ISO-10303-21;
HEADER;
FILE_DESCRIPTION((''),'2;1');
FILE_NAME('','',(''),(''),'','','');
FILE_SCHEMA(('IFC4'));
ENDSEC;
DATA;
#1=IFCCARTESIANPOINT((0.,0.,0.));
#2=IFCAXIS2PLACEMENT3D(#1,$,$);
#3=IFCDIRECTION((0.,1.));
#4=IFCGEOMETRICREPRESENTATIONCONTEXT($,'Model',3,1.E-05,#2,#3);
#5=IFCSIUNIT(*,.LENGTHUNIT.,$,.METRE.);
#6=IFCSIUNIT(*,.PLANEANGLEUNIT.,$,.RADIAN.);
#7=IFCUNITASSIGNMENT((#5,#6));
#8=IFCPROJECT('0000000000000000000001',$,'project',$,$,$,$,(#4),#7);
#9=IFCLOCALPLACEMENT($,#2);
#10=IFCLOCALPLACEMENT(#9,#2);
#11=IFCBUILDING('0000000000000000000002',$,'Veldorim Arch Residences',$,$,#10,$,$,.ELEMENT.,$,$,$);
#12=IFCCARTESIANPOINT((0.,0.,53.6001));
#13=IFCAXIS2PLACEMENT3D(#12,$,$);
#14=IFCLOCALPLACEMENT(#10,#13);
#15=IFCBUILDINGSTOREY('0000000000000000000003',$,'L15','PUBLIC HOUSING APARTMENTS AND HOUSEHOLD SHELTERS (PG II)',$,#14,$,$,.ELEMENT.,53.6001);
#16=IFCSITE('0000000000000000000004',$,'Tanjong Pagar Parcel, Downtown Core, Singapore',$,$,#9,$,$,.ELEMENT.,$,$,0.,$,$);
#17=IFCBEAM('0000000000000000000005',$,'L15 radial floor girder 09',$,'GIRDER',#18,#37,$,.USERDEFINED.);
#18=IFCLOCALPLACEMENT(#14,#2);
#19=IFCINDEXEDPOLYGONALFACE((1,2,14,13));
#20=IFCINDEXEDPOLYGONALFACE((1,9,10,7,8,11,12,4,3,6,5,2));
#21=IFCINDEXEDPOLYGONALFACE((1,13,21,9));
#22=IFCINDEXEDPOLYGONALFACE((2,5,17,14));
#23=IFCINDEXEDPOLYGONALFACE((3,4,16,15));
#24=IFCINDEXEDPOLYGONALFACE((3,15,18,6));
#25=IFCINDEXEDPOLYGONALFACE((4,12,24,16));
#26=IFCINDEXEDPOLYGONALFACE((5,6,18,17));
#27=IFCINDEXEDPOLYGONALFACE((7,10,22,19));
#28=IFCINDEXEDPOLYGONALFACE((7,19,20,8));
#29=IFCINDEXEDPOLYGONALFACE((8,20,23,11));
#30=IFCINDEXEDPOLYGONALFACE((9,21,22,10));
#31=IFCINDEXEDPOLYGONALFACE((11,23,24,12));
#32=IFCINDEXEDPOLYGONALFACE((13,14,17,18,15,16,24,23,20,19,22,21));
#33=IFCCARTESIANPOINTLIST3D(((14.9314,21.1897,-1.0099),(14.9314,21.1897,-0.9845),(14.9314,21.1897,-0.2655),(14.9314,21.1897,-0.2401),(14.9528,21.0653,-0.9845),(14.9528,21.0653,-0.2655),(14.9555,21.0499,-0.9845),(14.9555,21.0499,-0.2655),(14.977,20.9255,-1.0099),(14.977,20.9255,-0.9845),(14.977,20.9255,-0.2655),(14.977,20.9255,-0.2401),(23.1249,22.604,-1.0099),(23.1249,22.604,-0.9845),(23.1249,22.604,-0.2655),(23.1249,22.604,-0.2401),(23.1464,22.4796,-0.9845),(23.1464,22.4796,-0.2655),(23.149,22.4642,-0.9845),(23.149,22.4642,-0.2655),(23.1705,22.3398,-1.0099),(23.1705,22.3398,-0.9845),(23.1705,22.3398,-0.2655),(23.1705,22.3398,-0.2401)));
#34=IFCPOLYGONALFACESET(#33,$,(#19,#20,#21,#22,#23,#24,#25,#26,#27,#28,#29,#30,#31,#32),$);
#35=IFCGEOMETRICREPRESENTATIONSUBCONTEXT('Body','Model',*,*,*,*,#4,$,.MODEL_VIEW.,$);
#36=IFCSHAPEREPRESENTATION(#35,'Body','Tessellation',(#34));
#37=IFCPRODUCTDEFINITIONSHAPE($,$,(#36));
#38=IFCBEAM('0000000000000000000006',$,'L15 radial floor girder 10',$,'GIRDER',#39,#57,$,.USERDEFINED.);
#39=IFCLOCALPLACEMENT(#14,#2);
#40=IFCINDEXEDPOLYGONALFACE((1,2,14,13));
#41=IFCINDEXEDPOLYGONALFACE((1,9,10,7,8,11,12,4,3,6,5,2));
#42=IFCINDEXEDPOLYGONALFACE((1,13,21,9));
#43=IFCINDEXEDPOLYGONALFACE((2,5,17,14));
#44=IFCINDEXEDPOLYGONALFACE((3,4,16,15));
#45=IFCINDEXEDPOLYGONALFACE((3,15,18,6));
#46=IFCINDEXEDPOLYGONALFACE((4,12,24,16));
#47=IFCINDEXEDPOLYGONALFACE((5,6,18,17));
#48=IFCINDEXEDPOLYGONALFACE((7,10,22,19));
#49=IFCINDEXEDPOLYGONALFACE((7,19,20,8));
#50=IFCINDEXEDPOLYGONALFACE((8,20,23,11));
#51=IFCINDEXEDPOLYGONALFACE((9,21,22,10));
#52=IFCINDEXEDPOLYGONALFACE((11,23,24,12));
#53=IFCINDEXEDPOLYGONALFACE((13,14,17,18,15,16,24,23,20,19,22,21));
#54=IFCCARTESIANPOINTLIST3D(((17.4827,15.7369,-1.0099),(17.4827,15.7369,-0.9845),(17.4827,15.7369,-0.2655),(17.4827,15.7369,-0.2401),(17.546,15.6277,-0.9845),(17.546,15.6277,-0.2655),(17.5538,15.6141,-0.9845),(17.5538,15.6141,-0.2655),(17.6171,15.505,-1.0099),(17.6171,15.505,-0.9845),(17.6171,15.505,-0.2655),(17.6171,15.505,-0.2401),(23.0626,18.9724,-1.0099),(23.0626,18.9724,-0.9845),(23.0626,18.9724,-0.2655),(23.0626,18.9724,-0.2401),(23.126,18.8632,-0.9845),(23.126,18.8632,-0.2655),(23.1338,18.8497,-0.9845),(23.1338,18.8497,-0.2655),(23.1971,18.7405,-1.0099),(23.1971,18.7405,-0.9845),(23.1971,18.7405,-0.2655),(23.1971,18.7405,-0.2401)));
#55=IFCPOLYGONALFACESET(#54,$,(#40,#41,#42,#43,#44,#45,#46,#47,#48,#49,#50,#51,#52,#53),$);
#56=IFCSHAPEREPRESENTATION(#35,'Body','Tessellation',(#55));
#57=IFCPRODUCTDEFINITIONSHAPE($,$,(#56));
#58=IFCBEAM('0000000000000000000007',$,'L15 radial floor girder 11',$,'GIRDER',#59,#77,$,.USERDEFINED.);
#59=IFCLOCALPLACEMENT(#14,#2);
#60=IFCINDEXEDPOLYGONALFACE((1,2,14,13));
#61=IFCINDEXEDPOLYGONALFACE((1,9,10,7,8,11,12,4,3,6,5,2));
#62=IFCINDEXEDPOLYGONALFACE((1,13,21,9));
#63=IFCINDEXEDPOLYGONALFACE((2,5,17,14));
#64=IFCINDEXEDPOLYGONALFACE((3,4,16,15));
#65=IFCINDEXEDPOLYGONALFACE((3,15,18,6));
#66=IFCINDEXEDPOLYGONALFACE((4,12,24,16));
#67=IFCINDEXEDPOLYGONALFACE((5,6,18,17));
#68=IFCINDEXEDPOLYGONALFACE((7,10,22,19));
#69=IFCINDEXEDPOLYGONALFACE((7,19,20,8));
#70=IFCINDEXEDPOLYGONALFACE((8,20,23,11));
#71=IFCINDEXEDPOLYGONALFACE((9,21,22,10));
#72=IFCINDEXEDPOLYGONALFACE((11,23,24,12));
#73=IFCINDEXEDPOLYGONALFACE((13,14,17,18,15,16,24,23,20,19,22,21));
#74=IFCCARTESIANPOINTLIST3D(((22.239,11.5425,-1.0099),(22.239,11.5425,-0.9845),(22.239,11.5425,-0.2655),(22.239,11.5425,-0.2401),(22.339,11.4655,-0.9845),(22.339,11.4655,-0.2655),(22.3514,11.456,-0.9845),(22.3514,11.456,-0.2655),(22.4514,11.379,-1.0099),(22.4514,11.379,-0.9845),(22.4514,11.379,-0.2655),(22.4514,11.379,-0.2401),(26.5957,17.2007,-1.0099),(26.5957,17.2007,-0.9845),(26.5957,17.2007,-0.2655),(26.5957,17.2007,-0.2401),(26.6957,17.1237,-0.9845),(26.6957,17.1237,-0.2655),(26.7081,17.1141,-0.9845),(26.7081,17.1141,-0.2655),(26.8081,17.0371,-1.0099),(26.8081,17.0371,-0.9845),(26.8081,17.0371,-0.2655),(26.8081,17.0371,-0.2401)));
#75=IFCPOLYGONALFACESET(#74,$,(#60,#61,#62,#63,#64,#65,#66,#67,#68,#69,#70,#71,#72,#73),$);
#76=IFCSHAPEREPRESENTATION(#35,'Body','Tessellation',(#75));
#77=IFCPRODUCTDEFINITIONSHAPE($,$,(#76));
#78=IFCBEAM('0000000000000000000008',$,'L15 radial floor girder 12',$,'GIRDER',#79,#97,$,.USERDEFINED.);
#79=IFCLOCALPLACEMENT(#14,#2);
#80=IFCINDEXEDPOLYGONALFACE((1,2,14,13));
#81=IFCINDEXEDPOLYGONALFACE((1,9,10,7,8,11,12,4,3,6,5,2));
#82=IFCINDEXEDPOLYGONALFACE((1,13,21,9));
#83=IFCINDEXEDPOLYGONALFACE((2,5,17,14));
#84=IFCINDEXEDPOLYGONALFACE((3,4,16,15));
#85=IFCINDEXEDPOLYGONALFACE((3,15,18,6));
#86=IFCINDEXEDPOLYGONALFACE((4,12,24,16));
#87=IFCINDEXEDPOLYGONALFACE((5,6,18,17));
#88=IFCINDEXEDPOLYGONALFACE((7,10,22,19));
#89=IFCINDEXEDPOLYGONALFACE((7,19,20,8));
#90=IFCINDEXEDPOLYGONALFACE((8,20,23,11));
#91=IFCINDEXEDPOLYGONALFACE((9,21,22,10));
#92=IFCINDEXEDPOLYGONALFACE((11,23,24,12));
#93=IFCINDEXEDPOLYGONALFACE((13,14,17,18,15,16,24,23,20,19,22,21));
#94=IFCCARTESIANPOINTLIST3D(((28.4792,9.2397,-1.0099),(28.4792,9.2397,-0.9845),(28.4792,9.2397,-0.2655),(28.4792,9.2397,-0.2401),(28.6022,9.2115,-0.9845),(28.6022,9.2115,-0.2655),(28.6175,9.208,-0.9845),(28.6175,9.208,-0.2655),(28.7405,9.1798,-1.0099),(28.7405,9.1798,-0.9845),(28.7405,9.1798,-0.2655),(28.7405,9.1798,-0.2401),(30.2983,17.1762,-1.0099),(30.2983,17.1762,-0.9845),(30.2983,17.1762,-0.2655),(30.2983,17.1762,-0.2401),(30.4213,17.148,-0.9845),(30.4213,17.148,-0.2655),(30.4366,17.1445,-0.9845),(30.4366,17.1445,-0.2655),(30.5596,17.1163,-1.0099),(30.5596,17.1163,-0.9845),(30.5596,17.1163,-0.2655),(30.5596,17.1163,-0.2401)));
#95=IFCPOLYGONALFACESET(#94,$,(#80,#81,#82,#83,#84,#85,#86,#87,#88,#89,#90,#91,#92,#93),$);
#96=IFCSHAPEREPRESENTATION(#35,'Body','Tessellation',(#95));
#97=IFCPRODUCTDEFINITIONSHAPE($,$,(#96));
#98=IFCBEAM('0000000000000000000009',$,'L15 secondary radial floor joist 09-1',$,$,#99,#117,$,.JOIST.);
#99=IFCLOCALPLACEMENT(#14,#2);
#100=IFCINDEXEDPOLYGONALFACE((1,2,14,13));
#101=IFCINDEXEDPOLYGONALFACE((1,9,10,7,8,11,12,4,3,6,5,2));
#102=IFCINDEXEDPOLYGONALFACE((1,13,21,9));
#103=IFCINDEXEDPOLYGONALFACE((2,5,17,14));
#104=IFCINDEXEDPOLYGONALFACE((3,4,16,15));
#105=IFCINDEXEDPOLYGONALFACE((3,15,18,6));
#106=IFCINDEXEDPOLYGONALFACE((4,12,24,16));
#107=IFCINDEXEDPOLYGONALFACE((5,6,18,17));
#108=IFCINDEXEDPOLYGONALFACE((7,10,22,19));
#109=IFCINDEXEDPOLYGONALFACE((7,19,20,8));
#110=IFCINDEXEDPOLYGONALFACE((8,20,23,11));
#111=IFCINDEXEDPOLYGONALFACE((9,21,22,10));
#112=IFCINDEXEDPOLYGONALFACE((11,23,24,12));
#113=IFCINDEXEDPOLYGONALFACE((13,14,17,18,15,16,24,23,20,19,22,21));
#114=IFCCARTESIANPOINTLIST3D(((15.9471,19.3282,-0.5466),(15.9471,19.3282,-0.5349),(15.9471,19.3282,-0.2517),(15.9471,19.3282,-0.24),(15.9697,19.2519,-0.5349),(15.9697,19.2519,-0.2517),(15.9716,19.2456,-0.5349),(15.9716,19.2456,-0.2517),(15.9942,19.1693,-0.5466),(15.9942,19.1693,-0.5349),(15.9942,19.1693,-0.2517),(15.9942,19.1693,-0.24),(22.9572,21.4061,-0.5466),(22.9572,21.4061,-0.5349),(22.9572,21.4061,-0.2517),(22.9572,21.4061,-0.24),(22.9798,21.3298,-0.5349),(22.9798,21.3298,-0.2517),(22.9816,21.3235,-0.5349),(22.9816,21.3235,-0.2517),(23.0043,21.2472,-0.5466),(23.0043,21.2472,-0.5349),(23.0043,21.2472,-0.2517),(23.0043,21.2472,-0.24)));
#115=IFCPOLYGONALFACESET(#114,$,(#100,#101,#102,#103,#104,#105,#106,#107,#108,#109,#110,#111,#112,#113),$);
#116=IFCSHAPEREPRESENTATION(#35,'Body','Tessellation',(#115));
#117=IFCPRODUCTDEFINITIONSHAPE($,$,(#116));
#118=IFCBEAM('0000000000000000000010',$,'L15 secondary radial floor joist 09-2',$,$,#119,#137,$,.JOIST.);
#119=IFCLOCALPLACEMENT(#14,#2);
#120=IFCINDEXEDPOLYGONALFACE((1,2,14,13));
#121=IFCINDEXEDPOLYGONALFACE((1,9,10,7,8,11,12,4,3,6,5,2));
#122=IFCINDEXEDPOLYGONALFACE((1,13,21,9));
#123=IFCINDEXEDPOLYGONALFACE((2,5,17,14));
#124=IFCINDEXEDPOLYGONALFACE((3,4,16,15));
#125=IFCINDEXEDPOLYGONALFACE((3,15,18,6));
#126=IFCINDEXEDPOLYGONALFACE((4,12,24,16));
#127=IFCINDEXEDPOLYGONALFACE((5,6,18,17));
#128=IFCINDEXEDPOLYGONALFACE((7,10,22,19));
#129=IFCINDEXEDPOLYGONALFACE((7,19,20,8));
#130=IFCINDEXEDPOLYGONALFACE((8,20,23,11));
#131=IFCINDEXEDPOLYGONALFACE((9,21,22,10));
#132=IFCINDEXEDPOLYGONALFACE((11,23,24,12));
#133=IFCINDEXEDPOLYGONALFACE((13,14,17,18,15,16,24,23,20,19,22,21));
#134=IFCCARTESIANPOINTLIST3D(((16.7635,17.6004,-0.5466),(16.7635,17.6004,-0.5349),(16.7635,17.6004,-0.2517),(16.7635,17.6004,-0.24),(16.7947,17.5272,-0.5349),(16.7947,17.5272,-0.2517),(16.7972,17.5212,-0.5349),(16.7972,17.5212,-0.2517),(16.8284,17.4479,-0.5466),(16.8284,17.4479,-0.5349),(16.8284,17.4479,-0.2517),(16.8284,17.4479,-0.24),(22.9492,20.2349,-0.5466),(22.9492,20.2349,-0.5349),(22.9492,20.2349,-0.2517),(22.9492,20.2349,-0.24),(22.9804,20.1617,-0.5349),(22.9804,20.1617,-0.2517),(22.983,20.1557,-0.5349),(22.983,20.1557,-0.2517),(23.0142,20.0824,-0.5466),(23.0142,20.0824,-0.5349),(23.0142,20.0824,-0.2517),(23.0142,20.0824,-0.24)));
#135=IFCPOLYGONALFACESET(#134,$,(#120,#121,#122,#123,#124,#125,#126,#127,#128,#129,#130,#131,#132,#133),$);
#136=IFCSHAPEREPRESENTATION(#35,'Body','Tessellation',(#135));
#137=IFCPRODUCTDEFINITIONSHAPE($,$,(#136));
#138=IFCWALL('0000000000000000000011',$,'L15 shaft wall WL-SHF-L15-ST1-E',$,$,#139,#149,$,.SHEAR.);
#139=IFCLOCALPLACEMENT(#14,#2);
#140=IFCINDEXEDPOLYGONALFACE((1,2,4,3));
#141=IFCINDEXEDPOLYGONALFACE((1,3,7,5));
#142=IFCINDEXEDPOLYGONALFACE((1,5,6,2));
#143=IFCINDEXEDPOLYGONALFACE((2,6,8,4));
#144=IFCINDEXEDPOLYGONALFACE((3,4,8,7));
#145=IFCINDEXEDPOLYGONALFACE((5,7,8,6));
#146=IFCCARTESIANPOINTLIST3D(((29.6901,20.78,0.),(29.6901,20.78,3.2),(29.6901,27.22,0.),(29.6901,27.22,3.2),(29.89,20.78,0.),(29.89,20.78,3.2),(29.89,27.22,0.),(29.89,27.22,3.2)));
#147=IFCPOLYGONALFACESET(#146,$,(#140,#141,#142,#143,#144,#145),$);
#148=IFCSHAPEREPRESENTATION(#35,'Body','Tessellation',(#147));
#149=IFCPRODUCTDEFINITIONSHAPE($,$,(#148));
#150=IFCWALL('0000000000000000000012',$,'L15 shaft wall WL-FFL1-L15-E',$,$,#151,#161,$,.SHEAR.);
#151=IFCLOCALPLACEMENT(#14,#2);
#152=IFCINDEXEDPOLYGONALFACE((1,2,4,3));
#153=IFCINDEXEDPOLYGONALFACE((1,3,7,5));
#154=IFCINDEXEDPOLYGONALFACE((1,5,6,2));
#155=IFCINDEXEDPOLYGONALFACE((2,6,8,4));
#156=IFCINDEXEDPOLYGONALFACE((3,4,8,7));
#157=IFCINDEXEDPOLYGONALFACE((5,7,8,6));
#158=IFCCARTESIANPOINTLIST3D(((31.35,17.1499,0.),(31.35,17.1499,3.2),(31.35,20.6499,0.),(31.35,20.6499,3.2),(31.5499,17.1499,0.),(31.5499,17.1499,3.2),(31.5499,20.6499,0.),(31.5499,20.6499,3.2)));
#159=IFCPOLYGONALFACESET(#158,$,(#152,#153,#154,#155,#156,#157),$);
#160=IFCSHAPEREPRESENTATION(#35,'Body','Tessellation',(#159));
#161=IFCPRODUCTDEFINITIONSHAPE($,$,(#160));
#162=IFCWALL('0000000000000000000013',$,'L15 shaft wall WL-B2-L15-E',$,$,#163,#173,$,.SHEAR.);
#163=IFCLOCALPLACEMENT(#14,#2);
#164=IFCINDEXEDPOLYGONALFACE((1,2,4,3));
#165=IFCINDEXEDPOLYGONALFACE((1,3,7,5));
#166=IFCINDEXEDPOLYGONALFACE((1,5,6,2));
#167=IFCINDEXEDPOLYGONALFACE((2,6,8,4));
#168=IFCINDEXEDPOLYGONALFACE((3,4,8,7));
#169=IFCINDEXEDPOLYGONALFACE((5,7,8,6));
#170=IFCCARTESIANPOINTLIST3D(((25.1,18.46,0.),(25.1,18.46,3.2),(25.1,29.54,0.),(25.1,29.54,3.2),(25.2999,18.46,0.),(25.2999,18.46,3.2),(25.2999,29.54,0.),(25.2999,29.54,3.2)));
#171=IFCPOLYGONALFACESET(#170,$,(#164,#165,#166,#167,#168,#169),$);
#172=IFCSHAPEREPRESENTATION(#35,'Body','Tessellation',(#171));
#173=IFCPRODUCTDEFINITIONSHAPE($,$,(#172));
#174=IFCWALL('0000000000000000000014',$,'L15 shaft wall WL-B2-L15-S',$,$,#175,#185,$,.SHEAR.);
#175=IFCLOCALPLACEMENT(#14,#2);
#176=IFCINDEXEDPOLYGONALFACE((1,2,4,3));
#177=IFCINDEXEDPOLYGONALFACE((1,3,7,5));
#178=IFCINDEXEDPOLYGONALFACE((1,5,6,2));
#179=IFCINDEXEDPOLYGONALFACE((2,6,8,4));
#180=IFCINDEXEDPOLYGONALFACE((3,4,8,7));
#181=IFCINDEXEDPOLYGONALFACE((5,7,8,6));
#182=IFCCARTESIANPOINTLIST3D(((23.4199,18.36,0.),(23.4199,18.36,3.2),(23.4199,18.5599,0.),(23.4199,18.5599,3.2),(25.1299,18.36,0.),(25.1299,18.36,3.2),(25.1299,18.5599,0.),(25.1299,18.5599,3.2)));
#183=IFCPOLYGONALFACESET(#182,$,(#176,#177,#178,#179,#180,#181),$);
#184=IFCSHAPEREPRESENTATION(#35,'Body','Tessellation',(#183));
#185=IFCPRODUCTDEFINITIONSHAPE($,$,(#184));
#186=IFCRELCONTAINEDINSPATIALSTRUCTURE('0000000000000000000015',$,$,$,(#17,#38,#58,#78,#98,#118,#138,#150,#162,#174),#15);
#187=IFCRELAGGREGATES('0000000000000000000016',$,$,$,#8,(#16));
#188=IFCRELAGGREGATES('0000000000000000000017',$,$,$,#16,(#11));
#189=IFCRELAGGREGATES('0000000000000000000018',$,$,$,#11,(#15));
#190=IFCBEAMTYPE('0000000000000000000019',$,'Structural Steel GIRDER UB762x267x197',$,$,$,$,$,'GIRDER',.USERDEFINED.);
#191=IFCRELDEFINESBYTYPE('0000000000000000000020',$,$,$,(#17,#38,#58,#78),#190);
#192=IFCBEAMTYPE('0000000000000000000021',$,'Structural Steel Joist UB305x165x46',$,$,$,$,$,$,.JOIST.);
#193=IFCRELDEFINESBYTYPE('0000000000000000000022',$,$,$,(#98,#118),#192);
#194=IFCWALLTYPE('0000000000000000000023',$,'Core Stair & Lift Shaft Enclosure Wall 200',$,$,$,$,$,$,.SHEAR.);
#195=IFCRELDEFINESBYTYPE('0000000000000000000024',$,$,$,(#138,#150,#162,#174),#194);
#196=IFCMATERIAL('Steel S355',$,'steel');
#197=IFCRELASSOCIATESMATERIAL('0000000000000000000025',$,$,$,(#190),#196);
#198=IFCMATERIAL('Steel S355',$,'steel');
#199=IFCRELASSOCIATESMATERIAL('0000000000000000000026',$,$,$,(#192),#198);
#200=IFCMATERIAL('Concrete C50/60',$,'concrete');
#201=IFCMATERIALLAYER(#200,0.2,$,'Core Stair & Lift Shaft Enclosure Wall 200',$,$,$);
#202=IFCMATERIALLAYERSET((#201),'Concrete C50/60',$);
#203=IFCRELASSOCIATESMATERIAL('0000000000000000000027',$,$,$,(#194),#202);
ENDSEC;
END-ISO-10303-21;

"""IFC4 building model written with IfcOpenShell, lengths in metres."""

from ifc_helpers import new_model, si_unit, direction, frame, frame_2d, origin, origin_2d, place, context, subcontext, project, spatial, rectangle, i_section, extrude, material, layer, layer_set, material_profile, profile_set, type_object, element, save


model = new_model("IFC4")

# Units and contexts
model_context = context("Model", 3, precision=1e-05, world=origin(), true_north=direction((0.0, 1.0)))
body_context = subcontext(model_context, "Body", "Model", "MODEL_VIEW")
ifc_project = project(units=[si_unit("LENGTHUNIT", "METRE"), si_unit("PLANEANGLEUNIT", "RADIAN")], contexts=[model_context])

# Site, building, storey
site_placement = place(None, origin())
site = spatial("IfcSite", under=ifc_project, at=site_placement, Name="Tanjong Pagar Parcel, Downtown Core, Singapore", CompositionType="ELEMENT", RefElevation=0.0)
building_placement = place(site_placement, origin())
building = spatial("IfcBuilding", under=site, at=building_placement, Name="Veldorim Arch Residences", CompositionType="ELEMENT")
storey_placement = place(building_placement, frame((0.0, 0.0, 53.6001)))
storey = spatial("IfcBuildingStorey", under=building, at=storey_placement, Name="L15", Description="PUBLIC HOUSING APARTMENTS AND HOUSEHOLD SHELTERS (PG II)", CompositionType="ELEMENT", Elevation=53.6001)

# Beams
ifc_material_1 = material(Name="Steel S355", Category="steel")
ifc_material_profile_1 = material_profile(ifc_material_1, i_section(OverallWidth=0.2681, OverallDepth=0.7698, WebThickness=0.0156, FlangeThickness=0.0254, at=origin_2d()), Name="UB762x267x197")
ifc_profile_set_1 = profile_set([ifc_material_profile_1], Name="Steel S355")
beam_type_1 = type_object("IfcBeamType", Name="Structural Steel GIRDER UB762x267x197", ElementType="GIRDER", PredefinedType="USERDEFINED", material=ifc_profile_set_1)
beam_1_placement = place(storey_placement, frame((23.1477, 22.4719, -0.625), z_axis=(-0.985428, -0.170096, 0.0), x_axis=(0.170096, -0.985428, 0.0)))
element("IfcBeam", 1, at=beam_1_placement, inside=storey, type_object=beam_type_1, Name="L15 radial floor girder 09", ObjectType="GIRDER", PredefinedType="USERDEFINED", context=body_context, shape_type="SweptSolid", body=[
    extrude(i_section(OverallWidth=0.2681, OverallDepth=0.7698, WebThickness=0.0156, FlangeThickness=0.0254, at=origin_2d()), origin(), (0.0, 0.0, 1.0), 8.3147),
])
beam_2_placement = place(storey_placement, frame((23.1299, 18.8564, -0.625), z_axis=(-0.865088, -0.50162, 0.0), x_axis=(0.50162, -0.865088, 0.0)))
element("IfcBeam", 2, at=beam_2_placement, inside=storey, type_object=beam_type_1, Name="L15 radial floor girder 10", ObjectType="GIRDER", PredefinedType="USERDEFINED", context=body_context, shape_type="SweptSolid", body=[
    extrude(i_section(OverallWidth=0.2681, OverallDepth=0.7698, WebThickness=0.0156, FlangeThickness=0.0254, at=origin_2d()), origin(), (0.0, 0.0, 1.0), 6.4502),
])
beam_3_placement = place(storey_placement, frame((26.7019, 17.1189, -0.625), z_axis=(-0.610082, -0.792338, 0.0), x_axis=(0.792338, -0.610082, 0.0)))
element("IfcBeam", 3, at=beam_3_placement, inside=storey, type_object=beam_type_1, Name="L15 radial floor girder 11", ObjectType="GIRDER", PredefinedType="USERDEFINED", context=body_context, shape_type="SweptSolid", body=[
    extrude(i_section(OverallWidth=0.2681, OverallDepth=0.7698, WebThickness=0.0156, FlangeThickness=0.0254, at=origin_2d()), origin(), (0.0, 0.0, 1.0), 7.1411),
])
beam_4_placement = place(storey_placement, frame((30.429, 17.1462, -0.625), z_axis=(-0.223412, -0.974724, 0.0), x_axis=(0.974724, -0.223412, 0.0)))
element("IfcBeam", 4, at=beam_4_placement, inside=storey, type_object=beam_type_1, Name="L15 radial floor girder 12", ObjectType="GIRDER", PredefinedType="USERDEFINED", context=body_context, shape_type="SweptSolid", body=[
    extrude(i_section(OverallWidth=0.2681, OverallDepth=0.7698, WebThickness=0.0156, FlangeThickness=0.0254, at=origin_2d()), origin(), (0.0, 0.0, 1.0), 8.1423),
])
ifc_material_2 = material(Name="Steel S355", Category="steel")
ifc_material_profile_2 = material_profile(ifc_material_2, i_section(OverallWidth=0.1658, OverallDepth=0.3066, WebThickness=0.0066, FlangeThickness=0.0117, at=origin_2d()), Name="UB305x165x46")
ifc_profile_set_2 = profile_set([ifc_material_profile_2], Name="Steel S355")
beam_type_2 = type_object("IfcBeamType", Name="Structural Steel Joist UB305x165x46", PredefinedType="JOIST", material=ifc_profile_set_2)
beam_5_placement = place(storey_placement, frame((22.9807, 21.3267, -0.3933), z_axis=(-0.958767, -0.284194, 0.0), x_axis=(0.284194, -0.958767, 0.0)))
element("IfcBeam", 5, at=beam_5_placement, inside=storey, type_object=beam_type_2, Name="L15 secondary radial floor joist 09-1", PredefinedType="JOIST", context=body_context, shape_type="SweptSolid", body=[
    extrude(i_section(OverallWidth=0.1658, OverallDepth=0.3066, WebThickness=0.0066, FlangeThickness=0.0117, at=origin_2d()), origin(), (0.0, 0.0, 1.0), 7.3115),
])
beam_6_placement = place(storey_placement, frame((22.9817, 20.1587, -0.3933), z_axis=(-0.920033, -0.391841, 0.0), x_axis=(0.391841, -0.920033, 0.0)))
element("IfcBeam", 6, at=beam_6_placement, inside=storey, type_object=beam_type_2, Name="L15 secondary radial floor joist 09-2", PredefinedType="JOIST", context=body_context, shape_type="SweptSolid", body=[
    extrude(i_section(OverallWidth=0.1658, OverallDepth=0.3066, WebThickness=0.0066, FlangeThickness=0.0117, at=origin_2d()), origin(), (0.0, 0.0, 1.0), 6.7234),
])

# Wall
ifc_material_3 = material(Name="Concrete C50/60", Category="concrete")
ifc_layer_1 = layer(ifc_material_3, 0.2, Name="Core Stair & Lift Shaft Enclosure Wall 200")
ifc_layer_set_1 = layer_set([ifc_layer_1], Name="Concrete C50/60")
wall_type_1 = type_object("IfcWallType", Name="Core Stair & Lift Shaft Enclosure Wall 200", PredefinedType="SHEAR", material=ifc_layer_set_1)
wall_1_placement = place(storey_placement, frame((29.79, 20.78, 0.0), z_axis=(0.0, 0.0, 1.0), x_axis=(0.0, 1.0, 0.0)))
element("IfcWall", 7, at=wall_1_placement, inside=storey, type_object=wall_type_1, Name="L15 shaft wall WL-SHF-L15-ST1-E", PredefinedType="SHEAR", context=body_context, shape_type="SweptSolid", body=[
    extrude(rectangle(XDim=6.4399, YDim=0.2, at=frame_2d((3.22, 0.0))), origin(), (0.0, 0.0, 1.0), 3.2),
])

# Wall
wall_2_placement = place(storey_placement, frame((31.45, 17.1499, 0.0), z_axis=(0.0, 0.0, 1.0), x_axis=(0.0, 1.0, 0.0)))
element("IfcWall", 8, at=wall_2_placement, inside=storey, type_object=wall_type_1, Name="L15 shaft wall WL-FFL1-L15-E", PredefinedType="SHEAR", context=body_context, shape_type="SweptSolid", body=[
    extrude(rectangle(XDim=3.5, YDim=0.2, at=frame_2d((1.75, 0.0))), origin(), (0.0, 0.0, 1.0), 3.2),
])

# Walls
wall_3_placement = place(storey_placement, frame((25.2, 18.46, 0.0), z_axis=(0.0, 0.0, 1.0), x_axis=(0.0, 1.0, 0.0)))
element("IfcWall", 9, at=wall_3_placement, inside=storey, type_object=wall_type_1, Name="L15 shaft wall WL-B2-L15-E", PredefinedType="SHEAR", context=body_context, shape_type="SweptSolid", body=[
    extrude(rectangle(XDim=11.0801, YDim=0.2, at=frame_2d((5.54, 0.0))), origin(), (0.0, 0.0, 1.0), 3.2),
])
for number, where, z_axis, x_axis, name in (
    (10, (23.4199, 18.46, 0.0), (0.0, 0.0, 1.0), (1.0, 0.0, 0.0), "L15 shaft wall WL-B2-L15-S"),
):
    element("IfcWall", number, at=place(storey_placement, frame(where, z_axis=z_axis, x_axis=x_axis)), inside=storey, type_object=wall_type_1, Name=name, PredefinedType="SHEAR", context=body_context, shape_type="SweptSolid", body=[
        extrude(rectangle(XDim=1.71, YDim=0.2, at=frame_2d((0.855, 0.0))), origin(), (0.0, 0.0, 1.0), 3.2),
    ])

save(model, "model.ifc")
